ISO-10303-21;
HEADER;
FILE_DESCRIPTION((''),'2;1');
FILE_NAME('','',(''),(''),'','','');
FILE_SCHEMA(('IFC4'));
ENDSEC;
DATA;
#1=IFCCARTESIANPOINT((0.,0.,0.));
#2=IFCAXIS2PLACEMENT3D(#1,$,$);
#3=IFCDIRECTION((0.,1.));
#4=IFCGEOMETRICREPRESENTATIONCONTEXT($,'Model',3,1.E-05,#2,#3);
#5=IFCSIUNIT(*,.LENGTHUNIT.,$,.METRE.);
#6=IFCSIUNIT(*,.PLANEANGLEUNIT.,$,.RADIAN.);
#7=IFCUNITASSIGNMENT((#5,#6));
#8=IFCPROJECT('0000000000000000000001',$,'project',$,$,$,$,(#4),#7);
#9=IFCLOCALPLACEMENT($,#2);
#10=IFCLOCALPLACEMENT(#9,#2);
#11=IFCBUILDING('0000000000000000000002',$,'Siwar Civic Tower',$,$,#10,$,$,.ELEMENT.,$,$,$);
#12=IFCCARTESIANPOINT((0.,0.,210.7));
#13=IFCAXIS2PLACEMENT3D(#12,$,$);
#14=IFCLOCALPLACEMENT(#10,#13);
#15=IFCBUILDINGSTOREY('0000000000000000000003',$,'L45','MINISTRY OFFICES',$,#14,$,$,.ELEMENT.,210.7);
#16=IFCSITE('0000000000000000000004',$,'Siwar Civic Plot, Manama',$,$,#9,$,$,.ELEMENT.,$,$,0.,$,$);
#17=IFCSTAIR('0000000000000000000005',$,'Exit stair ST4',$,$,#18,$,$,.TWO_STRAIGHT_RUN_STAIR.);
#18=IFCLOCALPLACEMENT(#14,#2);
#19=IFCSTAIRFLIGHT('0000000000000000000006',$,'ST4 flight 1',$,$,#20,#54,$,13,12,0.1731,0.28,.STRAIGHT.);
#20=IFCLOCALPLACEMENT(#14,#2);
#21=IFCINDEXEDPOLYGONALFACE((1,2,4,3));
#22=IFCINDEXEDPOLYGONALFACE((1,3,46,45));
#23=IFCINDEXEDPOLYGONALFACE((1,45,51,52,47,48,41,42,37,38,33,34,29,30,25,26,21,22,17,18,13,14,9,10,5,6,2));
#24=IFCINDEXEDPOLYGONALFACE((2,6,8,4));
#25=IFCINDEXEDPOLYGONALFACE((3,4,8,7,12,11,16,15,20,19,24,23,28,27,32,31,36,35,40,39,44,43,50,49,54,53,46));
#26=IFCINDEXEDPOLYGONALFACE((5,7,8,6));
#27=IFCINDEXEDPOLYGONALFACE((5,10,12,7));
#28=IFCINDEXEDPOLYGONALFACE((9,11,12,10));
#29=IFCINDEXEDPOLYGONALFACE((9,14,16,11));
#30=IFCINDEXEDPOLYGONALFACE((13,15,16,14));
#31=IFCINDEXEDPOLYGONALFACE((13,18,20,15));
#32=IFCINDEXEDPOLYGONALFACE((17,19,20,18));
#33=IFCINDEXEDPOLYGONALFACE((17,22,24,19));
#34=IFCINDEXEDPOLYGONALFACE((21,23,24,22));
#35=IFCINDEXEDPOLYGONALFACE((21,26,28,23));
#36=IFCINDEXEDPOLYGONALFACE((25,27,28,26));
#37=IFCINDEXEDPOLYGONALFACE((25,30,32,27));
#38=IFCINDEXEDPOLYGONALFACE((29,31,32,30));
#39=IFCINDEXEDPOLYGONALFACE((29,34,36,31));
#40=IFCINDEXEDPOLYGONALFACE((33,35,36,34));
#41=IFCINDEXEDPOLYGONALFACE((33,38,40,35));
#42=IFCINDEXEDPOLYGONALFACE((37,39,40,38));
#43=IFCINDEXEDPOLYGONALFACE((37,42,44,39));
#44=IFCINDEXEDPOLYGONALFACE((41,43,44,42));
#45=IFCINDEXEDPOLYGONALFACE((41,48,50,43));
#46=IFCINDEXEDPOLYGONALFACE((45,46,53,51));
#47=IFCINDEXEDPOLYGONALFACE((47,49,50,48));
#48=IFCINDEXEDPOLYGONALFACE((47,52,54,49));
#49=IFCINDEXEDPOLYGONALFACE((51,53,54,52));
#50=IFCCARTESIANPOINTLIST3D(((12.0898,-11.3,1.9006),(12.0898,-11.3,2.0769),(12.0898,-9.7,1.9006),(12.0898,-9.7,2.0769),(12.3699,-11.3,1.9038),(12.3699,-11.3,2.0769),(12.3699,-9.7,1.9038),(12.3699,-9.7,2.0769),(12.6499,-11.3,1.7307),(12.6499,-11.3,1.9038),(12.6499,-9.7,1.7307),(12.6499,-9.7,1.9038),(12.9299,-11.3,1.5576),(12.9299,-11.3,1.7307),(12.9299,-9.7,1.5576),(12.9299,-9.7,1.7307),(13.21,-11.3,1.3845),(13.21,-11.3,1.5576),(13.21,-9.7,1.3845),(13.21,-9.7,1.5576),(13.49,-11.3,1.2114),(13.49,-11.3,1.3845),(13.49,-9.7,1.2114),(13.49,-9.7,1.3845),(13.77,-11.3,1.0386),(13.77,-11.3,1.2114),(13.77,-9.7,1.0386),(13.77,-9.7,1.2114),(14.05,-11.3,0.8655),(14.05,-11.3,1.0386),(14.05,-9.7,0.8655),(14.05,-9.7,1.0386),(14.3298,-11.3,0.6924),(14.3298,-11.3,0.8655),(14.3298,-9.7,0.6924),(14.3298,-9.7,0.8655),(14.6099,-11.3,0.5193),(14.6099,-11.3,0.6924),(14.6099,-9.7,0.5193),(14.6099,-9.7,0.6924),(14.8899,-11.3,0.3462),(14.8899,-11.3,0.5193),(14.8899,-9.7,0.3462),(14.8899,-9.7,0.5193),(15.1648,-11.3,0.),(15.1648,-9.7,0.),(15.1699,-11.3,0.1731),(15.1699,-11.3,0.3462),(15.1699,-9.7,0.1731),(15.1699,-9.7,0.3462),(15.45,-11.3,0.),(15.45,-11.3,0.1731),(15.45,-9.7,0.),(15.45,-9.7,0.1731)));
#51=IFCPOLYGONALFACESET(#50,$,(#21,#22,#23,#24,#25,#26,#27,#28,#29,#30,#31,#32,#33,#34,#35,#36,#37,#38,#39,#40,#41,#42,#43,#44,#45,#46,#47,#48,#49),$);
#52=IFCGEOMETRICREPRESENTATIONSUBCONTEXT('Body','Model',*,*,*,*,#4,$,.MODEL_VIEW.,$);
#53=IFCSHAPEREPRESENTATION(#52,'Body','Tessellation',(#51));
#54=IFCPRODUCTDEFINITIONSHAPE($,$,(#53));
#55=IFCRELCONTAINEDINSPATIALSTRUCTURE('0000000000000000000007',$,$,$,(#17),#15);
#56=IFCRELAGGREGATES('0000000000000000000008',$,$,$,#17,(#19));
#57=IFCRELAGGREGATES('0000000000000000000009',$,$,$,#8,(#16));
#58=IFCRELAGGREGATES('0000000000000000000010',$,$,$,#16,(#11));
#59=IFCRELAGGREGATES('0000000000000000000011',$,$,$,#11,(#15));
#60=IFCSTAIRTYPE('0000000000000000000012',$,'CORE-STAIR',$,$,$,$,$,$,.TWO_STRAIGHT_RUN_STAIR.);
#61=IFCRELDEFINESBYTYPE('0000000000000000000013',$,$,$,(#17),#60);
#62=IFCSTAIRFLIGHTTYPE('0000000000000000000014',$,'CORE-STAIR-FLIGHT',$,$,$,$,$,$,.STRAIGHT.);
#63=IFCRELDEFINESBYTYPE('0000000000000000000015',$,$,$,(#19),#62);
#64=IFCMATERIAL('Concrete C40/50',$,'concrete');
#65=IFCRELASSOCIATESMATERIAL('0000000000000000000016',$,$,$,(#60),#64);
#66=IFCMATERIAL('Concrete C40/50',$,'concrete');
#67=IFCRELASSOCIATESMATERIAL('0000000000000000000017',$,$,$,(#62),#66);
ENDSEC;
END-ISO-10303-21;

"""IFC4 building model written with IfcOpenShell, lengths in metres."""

from ifc_helpers import new_model, si_unit, direction, frame, origin, place, context, subcontext, project, spatial, polyline, outline, extrude, material, type_object, element, aggregate, save


model = new_model("IFC4")

# Units and contexts
model_context = context("Model", 3, precision=1e-05, world=origin(), true_north=direction((0.0, 1.0)))
body_context = subcontext(model_context, "Body", "Model", "MODEL_VIEW")
ifc_project = project(units=[si_unit("LENGTHUNIT", "METRE"), si_unit("PLANEANGLEUNIT", "RADIAN")], contexts=[model_context])

# Site, building, storey
site_placement = place(None, origin())
site = spatial("IfcSite", under=ifc_project, at=site_placement, Name="Siwar Civic Plot, Manama", CompositionType="ELEMENT", RefElevation=0.0)
building_placement = place(site_placement, origin())
building = spatial("IfcBuilding", under=site, at=building_placement, Name="Siwar Civic Tower", CompositionType="ELEMENT")
storey_placement = place(building_placement, frame((0.0, 0.0, 210.7)))
storey = spatial("IfcBuildingStorey", under=building, at=storey_placement, Name="L45", Description="MINISTRY OFFICES", CompositionType="ELEMENT", Elevation=210.7)

# Stair, stair flight
ifc_material_1 = material(Name="Concrete C40/50", Category="concrete")
stair_type = type_object("IfcStairType", Name="CORE-STAIR", PredefinedType="TWO_STRAIGHT_RUN_STAIR", material=ifc_material_1)
stair_placement = place(storey_placement, origin())
stair = element("IfcStair", 1, at=stair_placement, inside=storey, type_object=stair_type, Name="Exit stair ST4", PredefinedType="TWO_STRAIGHT_RUN_STAIR")
ifc_material_2 = material(Name="Concrete C40/50", Category="concrete")
stair_flight_type = type_object("IfcStairFlightType", Name="CORE-STAIR-FLIGHT", PredefinedType="STRAIGHT", material=ifc_material_2)
stair_flight_placement = place(storey_placement, frame((15.45, -10.5, 0.0), z_axis=(0.0, 0.0, 1.0), x_axis=(-1.0, 0.0, 0.0)))
stair_flight = element("IfcStairFlight", 2, at=stair_flight_placement, type_object=stair_flight_type, Name="ST4 flight 1", NumberOfRisers=13, NumberOfTreads=12, PredefinedType="STRAIGHT", RiserHeight=0.1731, TreadLength=0.28, context=body_context, shape_type="SweptSolid", body=[
    extrude(outline(polyline([(0.0, 0.0), (0.0, 0.1731), (0.28, 0.1731), (0.28, 0.3462), (0.5601, 0.3462), (0.5601, 0.5193), (0.8401, 0.5193), (0.8401, 0.6924), (1.1201, 0.6924), (1.1201, 0.8655), (1.3999, 0.8655), (1.3999, 1.0386), (1.6799, 1.0386), (1.6799, 1.2114), (1.96, 1.2114), (1.96, 1.3845), (2.24, 1.3845), (2.24, 1.5576), (2.52, 1.5576), (2.52, 1.7307), (2.8, 1.7307), (2.8, 1.9038), (3.0801, 1.9038), (3.0801, 2.0769), (3.3601, 2.0769), (3.3601, 2.25), (3.3601, 1.9006), (0.2852, 0.0), (0.0, 0.0)])), frame((0.0, 0.8, 0.0), z_axis=(0.0, -1.0, 0.0), x_axis=(1.0, 0.0, 0.0)), (0.0, 0.0, 1.0), 1.6001),
])
aggregate(stair, [stair_flight])

save(model, "model.ifc")
